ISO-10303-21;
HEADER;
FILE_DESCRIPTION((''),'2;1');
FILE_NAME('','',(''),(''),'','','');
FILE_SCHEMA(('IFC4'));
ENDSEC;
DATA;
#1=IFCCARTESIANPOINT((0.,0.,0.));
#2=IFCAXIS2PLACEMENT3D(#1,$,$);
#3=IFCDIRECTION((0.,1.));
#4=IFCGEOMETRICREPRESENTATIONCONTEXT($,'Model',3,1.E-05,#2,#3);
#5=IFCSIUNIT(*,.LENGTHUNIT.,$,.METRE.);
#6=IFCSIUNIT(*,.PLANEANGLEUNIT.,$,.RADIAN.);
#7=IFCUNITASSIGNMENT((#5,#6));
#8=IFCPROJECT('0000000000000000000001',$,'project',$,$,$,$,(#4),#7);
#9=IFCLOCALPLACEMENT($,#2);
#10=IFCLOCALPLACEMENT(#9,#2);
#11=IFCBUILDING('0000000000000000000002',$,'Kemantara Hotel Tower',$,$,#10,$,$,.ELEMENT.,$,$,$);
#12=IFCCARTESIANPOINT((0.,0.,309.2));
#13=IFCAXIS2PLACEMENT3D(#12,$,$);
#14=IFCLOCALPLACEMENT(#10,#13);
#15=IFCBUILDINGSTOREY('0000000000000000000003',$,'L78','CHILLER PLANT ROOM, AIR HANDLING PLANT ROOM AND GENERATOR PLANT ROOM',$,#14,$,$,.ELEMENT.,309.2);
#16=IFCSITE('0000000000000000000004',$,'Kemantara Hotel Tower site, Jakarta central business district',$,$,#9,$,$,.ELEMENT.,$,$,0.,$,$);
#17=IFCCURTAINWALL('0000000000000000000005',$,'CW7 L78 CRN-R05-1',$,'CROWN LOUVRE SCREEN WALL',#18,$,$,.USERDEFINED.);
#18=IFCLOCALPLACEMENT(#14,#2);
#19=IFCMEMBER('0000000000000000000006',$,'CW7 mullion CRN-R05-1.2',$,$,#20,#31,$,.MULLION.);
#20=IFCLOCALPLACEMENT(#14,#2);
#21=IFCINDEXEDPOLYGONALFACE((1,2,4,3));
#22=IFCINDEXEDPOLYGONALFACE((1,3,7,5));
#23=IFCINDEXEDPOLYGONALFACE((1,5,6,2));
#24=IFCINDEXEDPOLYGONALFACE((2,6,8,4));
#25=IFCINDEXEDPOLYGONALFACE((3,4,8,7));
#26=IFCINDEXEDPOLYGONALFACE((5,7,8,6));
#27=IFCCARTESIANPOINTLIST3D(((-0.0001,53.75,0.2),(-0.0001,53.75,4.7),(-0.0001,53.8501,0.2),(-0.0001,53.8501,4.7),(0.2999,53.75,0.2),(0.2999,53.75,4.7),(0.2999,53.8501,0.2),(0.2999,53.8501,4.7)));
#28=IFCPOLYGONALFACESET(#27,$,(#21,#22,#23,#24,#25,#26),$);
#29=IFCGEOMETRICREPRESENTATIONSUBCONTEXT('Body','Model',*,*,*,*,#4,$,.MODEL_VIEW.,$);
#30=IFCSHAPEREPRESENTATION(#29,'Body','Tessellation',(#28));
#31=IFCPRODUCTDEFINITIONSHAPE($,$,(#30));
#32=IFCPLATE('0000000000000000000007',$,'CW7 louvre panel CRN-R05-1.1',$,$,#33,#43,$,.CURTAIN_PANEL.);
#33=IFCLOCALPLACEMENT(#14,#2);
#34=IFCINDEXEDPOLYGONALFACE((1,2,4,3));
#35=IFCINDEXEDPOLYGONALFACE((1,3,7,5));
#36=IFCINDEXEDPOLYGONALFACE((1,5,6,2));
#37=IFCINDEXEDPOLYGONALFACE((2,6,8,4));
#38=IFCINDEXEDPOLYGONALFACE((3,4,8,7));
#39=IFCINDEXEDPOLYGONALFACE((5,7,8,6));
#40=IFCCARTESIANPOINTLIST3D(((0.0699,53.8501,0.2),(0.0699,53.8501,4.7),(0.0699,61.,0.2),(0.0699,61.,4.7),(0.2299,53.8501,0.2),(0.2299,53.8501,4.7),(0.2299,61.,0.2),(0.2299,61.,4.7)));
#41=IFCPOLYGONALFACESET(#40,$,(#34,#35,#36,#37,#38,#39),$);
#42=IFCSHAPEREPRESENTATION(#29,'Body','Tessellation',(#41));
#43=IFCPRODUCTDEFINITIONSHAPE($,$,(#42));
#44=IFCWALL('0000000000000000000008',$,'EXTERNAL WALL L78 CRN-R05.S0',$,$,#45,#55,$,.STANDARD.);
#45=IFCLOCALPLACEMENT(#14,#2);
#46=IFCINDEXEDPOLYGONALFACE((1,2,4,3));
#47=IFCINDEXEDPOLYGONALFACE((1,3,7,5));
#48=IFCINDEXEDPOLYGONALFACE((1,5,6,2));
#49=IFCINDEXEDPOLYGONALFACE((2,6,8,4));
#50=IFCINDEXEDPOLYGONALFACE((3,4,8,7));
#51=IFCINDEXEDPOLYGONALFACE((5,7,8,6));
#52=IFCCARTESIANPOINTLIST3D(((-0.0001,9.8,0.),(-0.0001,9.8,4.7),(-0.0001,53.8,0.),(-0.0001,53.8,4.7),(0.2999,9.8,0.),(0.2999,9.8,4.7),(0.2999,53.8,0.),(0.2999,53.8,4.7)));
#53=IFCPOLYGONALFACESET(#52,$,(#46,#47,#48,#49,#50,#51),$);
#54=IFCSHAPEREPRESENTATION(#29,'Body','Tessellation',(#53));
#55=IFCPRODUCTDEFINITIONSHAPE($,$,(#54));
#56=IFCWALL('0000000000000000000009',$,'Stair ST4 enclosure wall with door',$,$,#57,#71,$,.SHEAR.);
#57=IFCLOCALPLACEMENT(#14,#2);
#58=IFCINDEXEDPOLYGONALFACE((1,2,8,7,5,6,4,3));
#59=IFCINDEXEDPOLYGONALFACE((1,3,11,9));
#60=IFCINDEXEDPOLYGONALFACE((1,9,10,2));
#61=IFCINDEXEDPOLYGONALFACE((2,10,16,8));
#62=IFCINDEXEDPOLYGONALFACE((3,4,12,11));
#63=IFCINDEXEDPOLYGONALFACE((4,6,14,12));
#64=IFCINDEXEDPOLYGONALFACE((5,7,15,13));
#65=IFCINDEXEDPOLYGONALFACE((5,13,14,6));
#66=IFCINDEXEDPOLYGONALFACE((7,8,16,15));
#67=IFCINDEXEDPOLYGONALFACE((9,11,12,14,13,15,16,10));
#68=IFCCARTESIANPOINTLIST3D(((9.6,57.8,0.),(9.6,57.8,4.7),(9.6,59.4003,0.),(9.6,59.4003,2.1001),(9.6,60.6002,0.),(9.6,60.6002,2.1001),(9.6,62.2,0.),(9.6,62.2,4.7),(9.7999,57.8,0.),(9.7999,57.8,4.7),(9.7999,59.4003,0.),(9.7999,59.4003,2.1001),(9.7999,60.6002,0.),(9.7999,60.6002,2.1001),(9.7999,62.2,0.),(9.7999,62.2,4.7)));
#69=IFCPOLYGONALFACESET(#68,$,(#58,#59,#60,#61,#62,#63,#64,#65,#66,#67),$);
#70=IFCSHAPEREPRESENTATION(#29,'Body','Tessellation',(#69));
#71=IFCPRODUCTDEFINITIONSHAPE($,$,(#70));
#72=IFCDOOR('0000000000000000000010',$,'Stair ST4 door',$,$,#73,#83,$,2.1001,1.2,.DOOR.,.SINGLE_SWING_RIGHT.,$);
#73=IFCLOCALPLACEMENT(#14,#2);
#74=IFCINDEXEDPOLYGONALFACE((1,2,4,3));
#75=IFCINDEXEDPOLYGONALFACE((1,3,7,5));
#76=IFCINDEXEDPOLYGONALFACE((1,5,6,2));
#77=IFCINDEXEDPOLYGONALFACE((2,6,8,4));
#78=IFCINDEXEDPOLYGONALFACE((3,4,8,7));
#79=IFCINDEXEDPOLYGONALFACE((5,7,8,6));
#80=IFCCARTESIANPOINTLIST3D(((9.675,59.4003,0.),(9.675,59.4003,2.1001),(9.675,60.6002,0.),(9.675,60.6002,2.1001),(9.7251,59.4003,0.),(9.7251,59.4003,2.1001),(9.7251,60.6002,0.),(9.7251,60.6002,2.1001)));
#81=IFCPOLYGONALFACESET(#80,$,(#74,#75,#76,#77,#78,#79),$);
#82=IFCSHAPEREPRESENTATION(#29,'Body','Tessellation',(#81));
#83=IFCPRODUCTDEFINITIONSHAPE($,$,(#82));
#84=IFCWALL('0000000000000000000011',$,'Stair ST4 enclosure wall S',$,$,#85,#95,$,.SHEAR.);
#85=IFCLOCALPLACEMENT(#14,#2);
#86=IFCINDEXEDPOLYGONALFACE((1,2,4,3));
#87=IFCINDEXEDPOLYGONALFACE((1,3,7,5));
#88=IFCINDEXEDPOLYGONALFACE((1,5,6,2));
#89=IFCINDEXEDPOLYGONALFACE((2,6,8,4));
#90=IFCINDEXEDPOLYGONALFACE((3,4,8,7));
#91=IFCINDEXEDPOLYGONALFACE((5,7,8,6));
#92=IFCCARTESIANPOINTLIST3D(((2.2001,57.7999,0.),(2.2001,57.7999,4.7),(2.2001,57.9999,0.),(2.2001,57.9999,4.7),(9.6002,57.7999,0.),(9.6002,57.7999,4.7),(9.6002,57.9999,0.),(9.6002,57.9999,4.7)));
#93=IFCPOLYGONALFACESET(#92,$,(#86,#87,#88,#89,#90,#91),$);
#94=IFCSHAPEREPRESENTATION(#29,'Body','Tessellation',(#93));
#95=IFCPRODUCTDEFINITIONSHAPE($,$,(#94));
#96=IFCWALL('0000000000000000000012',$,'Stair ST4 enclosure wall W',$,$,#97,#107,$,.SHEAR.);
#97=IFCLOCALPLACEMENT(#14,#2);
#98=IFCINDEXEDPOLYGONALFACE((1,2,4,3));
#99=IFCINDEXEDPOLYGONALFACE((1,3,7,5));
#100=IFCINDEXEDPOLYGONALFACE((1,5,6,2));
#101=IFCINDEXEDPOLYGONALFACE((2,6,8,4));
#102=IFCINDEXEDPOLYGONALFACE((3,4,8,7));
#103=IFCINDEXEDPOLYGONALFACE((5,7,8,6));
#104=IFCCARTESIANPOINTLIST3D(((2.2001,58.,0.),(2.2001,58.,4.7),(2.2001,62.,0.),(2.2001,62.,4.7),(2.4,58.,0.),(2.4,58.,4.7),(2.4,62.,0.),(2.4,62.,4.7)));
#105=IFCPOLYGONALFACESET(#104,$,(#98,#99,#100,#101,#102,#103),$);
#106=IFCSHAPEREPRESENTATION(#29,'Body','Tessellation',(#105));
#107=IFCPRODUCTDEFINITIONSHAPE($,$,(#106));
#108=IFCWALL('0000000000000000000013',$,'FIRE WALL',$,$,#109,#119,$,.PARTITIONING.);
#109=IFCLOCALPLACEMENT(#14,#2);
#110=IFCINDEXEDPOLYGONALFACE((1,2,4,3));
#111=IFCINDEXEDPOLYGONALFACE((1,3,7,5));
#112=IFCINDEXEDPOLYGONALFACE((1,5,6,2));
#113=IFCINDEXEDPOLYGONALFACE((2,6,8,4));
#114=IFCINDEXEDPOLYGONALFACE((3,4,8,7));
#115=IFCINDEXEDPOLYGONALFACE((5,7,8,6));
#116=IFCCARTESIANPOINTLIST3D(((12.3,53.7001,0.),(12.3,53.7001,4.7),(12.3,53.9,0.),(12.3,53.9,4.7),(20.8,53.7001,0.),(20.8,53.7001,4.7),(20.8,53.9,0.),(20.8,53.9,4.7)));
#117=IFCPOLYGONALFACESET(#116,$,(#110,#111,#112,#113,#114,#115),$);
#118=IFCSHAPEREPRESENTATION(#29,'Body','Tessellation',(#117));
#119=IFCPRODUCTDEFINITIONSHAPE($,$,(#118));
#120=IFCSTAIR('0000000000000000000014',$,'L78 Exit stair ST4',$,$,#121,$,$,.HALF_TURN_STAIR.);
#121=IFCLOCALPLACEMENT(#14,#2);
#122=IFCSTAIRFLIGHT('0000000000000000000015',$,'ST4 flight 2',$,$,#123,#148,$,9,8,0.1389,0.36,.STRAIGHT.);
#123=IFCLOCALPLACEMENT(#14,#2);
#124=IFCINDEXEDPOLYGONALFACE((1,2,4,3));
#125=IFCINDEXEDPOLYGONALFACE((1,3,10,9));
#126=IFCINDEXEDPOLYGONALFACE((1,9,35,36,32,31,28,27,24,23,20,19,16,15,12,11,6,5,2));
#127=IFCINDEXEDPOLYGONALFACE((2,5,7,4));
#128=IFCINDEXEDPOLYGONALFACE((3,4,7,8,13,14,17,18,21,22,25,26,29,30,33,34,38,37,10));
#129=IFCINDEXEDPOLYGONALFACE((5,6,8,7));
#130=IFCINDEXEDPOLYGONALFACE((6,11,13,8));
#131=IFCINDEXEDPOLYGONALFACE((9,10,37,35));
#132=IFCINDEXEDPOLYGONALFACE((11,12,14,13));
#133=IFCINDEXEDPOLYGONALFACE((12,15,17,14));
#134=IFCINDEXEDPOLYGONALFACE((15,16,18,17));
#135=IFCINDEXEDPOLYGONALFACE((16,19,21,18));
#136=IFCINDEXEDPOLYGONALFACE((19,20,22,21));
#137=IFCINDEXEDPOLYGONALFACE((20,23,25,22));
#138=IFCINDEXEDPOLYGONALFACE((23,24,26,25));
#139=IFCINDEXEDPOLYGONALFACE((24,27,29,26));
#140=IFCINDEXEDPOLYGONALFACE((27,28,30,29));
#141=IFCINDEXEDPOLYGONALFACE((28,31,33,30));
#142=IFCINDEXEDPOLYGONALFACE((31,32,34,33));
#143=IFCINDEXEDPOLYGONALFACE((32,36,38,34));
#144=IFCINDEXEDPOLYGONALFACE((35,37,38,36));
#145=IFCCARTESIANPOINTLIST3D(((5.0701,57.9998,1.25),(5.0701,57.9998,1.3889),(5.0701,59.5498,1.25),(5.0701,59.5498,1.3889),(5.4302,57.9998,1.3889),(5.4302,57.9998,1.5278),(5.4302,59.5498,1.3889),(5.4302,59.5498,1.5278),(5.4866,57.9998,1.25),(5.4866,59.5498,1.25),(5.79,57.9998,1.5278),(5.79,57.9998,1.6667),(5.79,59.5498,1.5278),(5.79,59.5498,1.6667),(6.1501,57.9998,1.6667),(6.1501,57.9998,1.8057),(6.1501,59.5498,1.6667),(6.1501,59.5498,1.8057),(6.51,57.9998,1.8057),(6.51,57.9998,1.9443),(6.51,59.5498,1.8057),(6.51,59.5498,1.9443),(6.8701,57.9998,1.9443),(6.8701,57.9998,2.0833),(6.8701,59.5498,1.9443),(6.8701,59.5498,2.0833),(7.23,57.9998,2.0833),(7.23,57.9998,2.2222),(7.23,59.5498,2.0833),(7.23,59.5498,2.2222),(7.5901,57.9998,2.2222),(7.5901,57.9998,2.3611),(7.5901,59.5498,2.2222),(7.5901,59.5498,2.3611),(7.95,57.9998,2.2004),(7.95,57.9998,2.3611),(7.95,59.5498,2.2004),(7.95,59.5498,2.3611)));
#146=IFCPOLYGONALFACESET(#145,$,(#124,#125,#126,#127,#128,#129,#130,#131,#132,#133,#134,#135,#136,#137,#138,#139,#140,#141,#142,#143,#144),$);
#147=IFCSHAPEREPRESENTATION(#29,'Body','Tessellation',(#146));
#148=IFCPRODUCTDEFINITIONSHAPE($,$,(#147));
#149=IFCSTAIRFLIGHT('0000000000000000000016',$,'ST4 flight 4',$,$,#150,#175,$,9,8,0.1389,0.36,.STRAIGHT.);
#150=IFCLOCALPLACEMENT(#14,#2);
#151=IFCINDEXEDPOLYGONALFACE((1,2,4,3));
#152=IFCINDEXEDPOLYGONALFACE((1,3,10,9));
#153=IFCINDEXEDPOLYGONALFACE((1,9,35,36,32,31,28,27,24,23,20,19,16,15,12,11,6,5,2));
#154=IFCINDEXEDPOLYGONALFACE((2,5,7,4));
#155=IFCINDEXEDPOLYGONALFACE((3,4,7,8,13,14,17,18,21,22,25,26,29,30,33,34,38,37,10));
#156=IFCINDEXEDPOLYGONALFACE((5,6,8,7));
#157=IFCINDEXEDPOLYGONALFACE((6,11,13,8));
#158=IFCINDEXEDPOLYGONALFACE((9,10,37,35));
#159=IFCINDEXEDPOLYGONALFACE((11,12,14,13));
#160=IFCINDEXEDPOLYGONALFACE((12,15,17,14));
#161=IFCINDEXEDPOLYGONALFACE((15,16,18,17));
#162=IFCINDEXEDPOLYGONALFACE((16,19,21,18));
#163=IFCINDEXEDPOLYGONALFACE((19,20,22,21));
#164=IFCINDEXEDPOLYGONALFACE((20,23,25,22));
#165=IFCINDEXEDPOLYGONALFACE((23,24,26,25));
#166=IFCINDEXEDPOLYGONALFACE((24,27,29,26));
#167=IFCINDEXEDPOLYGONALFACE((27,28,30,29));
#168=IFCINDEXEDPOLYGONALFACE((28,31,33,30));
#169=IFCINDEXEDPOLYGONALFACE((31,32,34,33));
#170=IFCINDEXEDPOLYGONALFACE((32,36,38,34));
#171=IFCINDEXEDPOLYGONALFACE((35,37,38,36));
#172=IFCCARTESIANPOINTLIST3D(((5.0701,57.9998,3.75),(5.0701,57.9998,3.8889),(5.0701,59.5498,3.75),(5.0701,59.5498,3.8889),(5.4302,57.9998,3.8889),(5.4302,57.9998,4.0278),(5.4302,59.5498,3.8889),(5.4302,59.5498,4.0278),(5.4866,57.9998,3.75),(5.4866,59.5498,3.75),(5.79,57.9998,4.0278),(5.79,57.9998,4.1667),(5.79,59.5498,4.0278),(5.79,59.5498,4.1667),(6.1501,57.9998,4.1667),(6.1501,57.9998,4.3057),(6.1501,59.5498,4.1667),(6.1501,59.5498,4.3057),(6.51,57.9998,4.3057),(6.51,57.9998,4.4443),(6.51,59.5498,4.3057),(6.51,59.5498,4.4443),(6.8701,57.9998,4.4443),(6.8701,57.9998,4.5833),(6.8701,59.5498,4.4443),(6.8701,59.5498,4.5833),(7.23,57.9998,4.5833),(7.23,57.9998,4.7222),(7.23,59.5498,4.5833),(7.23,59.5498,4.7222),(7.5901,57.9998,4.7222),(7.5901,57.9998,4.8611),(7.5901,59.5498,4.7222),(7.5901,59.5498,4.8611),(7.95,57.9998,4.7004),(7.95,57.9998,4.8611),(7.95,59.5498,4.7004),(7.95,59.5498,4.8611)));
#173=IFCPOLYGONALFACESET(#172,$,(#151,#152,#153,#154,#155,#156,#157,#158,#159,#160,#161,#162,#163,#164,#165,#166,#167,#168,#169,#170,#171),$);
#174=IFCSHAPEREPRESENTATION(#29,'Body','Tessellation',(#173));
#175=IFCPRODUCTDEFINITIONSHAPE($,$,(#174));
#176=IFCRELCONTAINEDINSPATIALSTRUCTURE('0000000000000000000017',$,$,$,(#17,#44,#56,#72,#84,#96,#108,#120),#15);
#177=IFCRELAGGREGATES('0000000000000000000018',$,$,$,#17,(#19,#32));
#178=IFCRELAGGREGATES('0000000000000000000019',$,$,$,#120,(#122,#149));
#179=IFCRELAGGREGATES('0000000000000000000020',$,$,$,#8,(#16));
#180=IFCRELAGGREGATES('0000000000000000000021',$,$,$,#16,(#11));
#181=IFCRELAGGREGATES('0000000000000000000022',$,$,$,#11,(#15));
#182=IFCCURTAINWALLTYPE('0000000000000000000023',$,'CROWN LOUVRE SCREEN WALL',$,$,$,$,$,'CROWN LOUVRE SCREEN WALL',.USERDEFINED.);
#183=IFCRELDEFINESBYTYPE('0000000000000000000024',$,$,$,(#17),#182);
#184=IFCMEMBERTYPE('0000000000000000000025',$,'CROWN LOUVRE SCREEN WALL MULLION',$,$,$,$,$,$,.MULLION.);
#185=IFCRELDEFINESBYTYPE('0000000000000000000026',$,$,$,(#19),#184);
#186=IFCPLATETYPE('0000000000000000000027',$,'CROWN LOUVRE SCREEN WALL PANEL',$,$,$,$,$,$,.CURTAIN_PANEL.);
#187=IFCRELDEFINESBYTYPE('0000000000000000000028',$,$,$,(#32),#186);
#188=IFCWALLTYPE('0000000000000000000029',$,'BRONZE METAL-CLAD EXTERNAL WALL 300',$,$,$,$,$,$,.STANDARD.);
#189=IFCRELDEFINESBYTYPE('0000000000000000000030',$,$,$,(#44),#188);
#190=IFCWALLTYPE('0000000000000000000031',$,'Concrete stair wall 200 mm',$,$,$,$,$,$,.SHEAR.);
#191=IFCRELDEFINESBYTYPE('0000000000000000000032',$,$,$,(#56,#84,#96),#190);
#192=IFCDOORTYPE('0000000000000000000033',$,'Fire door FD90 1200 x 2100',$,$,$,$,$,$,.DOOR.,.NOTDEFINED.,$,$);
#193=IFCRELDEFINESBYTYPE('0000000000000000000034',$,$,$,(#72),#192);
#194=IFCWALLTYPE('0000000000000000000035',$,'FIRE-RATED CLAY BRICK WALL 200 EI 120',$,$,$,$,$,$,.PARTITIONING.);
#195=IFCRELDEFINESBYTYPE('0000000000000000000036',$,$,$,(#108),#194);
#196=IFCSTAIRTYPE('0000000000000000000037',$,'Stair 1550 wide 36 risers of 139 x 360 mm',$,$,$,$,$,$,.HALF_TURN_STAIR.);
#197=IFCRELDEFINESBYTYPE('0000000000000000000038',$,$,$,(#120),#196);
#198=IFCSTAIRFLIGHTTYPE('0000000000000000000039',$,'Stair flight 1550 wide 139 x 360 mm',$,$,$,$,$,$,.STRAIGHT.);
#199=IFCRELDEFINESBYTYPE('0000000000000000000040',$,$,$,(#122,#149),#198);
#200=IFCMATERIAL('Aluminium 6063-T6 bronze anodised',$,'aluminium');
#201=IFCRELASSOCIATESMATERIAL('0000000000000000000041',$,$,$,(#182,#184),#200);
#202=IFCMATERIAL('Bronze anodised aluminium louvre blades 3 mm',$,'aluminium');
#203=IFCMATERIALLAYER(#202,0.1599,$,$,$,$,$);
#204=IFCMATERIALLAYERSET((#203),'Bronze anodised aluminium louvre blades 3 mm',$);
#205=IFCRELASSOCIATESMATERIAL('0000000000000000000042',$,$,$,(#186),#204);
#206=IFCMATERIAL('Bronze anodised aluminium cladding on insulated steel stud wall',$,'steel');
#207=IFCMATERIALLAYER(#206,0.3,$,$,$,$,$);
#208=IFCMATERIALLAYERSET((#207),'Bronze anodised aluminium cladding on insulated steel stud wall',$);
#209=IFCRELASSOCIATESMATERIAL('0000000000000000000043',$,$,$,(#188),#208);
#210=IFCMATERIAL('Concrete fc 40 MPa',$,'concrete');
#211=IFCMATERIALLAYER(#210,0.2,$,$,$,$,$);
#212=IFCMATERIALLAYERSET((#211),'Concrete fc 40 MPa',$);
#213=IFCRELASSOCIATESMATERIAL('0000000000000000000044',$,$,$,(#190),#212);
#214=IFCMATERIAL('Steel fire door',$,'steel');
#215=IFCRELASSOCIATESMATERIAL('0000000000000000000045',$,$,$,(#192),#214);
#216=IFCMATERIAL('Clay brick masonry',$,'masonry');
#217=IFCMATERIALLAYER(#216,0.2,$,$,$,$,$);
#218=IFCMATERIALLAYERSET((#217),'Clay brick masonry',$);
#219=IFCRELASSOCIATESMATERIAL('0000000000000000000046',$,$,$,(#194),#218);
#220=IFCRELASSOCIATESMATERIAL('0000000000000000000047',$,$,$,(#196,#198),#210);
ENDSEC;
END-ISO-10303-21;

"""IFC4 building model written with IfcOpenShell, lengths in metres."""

from ifc_helpers import new_model, si_unit, direction, frame, frame_2d, origin, origin_2d, place, context, subcontext, project, spatial, polyline, rectangle, outline, extrude, source, transform, mapped, material, layer, layer_set, material_profile, profile_set, type_object, element, fill, aggregate, save


model = new_model("IFC4")

# Units and contexts
model_context = context("Model", 3, precision=1e-05, world=origin(), true_north=direction((0.0, 1.0)))
body_context = subcontext(model_context, "Body", "Model", "MODEL_VIEW")
ifc_project = project(units=[si_unit("LENGTHUNIT", "METRE"), si_unit("PLANEANGLEUNIT", "RADIAN")], contexts=[model_context])

# Site, building, storey
site_placement = place(None, origin())
site = spatial("IfcSite", under=ifc_project, at=site_placement, Name="Kemantara Hotel Tower site, Jakarta central business district", CompositionType="ELEMENT", RefElevation=0.0)
building_placement = place(site_placement, origin())
building = spatial("IfcBuilding", under=site, at=building_placement, Name="Kemantara Hotel Tower", CompositionType="ELEMENT")
storey_placement = place(building_placement, frame((0.0, 0.0, 309.2)))
storey = spatial("IfcBuildingStorey", under=building, at=storey_placement, Name="L78", Description="CHILLER PLANT ROOM, AIR HANDLING PLANT ROOM AND GENERATOR PLANT ROOM", CompositionType="ELEMENT", Elevation=309.2)

# Curtain wall, member, plate
ifc_material_1 = material(Name="Aluminium 6063-T6 bronze anodised", Category="aluminium")
curtain_wall_type = type_object("IfcCurtainWallType", Name="CROWN LOUVRE SCREEN WALL", ElementType="CROWN LOUVRE SCREEN WALL", PredefinedType="USERDEFINED", material=ifc_material_1)
curtain_wall_placement = place(storey_placement, origin())
curtain_wall = element("IfcCurtainWall", 1, at=curtain_wall_placement, inside=storey, type_object=curtain_wall_type, Name="CW7 L78 CRN-R05-1", ObjectType="CROWN LOUVRE SCREEN WALL", PredefinedType="USERDEFINED")
ifc_material_profile_1 = material_profile(ifc_material_1, rectangle(XDim=0.3, YDim=0.1001, at=origin_2d()), Name="CROWN LOUVRE SCREEN WALL MULLION")
ifc_profile_set_1 = profile_set([ifc_material_profile_1], Name="Aluminium 6063-T6 bronze anodised")
member_type_1 = type_object("IfcMemberType", Name="CROWN LOUVRE SCREEN WALL MULLION", PredefinedType="MULLION", material=ifc_profile_set_1)
shared_shape_1 = source(origin(), body_context, "Body", "SweptSolid", [
    extrude(rectangle(XDim=0.3, YDim=0.1001, at=origin_2d()), origin(), (0.0, 0.0, 1.0), 4.5),
])
member_1_placement = place(storey_placement, frame((0.1499, 53.8, 0.2), z_axis=(0.0, 0.0, 1.0), x_axis=(1.0, 0.0, 0.0)))
member_1 = element("IfcMember", 2, at=member_1_placement, type_object=member_type_1, Name="CW7 mullion CRN-R05-1.2", PredefinedType="MULLION", context=body_context, shape_type="MappedRepresentation", body=[
    mapped(shared_shape_1, transform((0.0, 0.0, 0.0))),
])
ifc_material_2 = material(Name="Bronze anodised aluminium louvre blades 3 mm", Category="aluminium")
ifc_layer_1 = layer(ifc_material_2, 0.1599)
ifc_layer_set_1 = layer_set([ifc_layer_1], Name="Bronze anodised aluminium louvre blades 3 mm")
plate_type = type_object("IfcPlateType", Name="CROWN LOUVRE SCREEN WALL PANEL", PredefinedType="CURTAIN_PANEL", material=ifc_layer_set_1)
shared_shape_2 = source(origin(), body_context, "Body", "SweptSolid", [
    extrude(rectangle(XDim=7.1499, YDim=0.1599, at=origin_2d()), origin(), (0.0, 0.0, 1.0), 4.5),
])
plate_placement = place(storey_placement, frame((0.1499, 57.425, 0.2), z_axis=(0.0, 0.0, 1.0), x_axis=(0.0, -1.0, 0.0)))
plate = element("IfcPlate", 3, at=plate_placement, type_object=plate_type, Name="CW7 louvre panel CRN-R05-1.1", PredefinedType="CURTAIN_PANEL", context=body_context, shape_type="MappedRepresentation", body=[
    mapped(shared_shape_2, transform((0.0, 0.0, 0.0))),
])
aggregate(curtain_wall, [member_1, plate])

# Wall
ifc_material_3 = material(Name="Bronze anodised aluminium cladding on insulated steel stud wall", Category="steel")
ifc_layer_2 = layer(ifc_material_3, 0.3)
ifc_layer_set_2 = layer_set([ifc_layer_2], Name="Bronze anodised aluminium cladding on insulated steel stud wall")
wall_type_1 = type_object("IfcWallType", Name="BRONZE METAL-CLAD EXTERNAL WALL 300", PredefinedType="STANDARD", material=ifc_layer_set_2)
wall_1_placement = place(storey_placement, frame((0.1499, 53.8, 0.0), z_axis=(0.0, 0.0, 1.0), x_axis=(0.0, -1.0, 0.0)))
element("IfcWall", 4, at=wall_1_placement, inside=storey, type_object=wall_type_1, Name="EXTERNAL WALL L78 CRN-R05.S0", PredefinedType="STANDARD", context=body_context, shape_type="SweptSolid", body=[
    extrude(rectangle(XDim=44.0, YDim=0.3, at=frame_2d((22.0, 0.0))), origin(), (0.0, 0.0, 1.0), 4.7),
])

# Wall, opening, door
ifc_material_4 = material(Name="Concrete fc 40 MPa", Category="concrete")
ifc_layer_3 = layer(ifc_material_4, 0.2)
ifc_layer_set_3 = layer_set([ifc_layer_3], Name="Concrete fc 40 MPa")
wall_type_2 = type_object("IfcWallType", Name="Concrete stair wall 200 mm", PredefinedType="SHEAR", material=ifc_layer_set_3)
wall_2_placement = place(storey_placement, frame((9.7, 57.8, 0.0), z_axis=(0.0, 0.0, 1.0), x_axis=(0.0, 1.0, 0.0)))
wall_2 = element("IfcWall", 5, at=wall_2_placement, inside=storey, type_object=wall_type_2, Name="Stair ST4 enclosure wall with door", PredefinedType="SHEAR", context=body_context, shape_type="SweptSolid", body=[
    extrude(rectangle(XDim=4.3999, YDim=0.2, at=frame_2d((2.2, 0.0))), origin(), (0.0, 0.0, 1.0), 4.7),
])
opening_placement = place(wall_2_placement, frame((1.6001, 0.0, 0.0)))
opening = element("IfcOpeningElement", 6, at=opening_placement, cuts=wall_2, PredefinedType="OPENING", context=body_context, shape_type="SweptSolid", body=[
    extrude(rectangle(XDim=1.2, YDim=2.1001, at=frame_2d((0.6001, 1.05))), frame((0.0, 0.1099, 0.0), z_axis=(0.0, -1.0, 0.0), x_axis=(1.0, 0.0, 0.0)), (0.0, 0.0, 1.0), 0.22),
])
ifc_material_5 = material(Name="Steel fire door", Category="steel")
door_type = type_object("IfcDoorType", Name="Fire door FD90 1200 x 2100", OperationType="NOTDEFINED", PredefinedType="DOOR", material=ifc_material_5)
door_placement = place(opening_placement, origin())
door = element("IfcDoor", 7, at=door_placement, inside=storey, type_object=door_type, Name="Stair ST4 door", OperationType="SINGLE_SWING_RIGHT", OverallHeight=2.1001, OverallWidth=1.2, PredefinedType="DOOR", context=body_context, shape_type="SweptSolid", body=[
    extrude(rectangle(XDim=1.2, YDim=2.1001, at=frame_2d((0.6001, 1.05))), frame((0.0, 0.0249, 0.0), z_axis=(0.0, -1.0, 0.0), x_axis=(1.0, 0.0, 0.0)), (0.0, 0.0, 1.0), 0.05),
])
fill(opening, door)

# Walls
wall_3_placement = place(storey_placement, frame((2.2, 57.8999, 0.0), z_axis=(0.0, 0.0, 1.0), x_axis=(1.0, 0.0, 0.0)))
element("IfcWall", 8, at=wall_3_placement, inside=storey, type_object=wall_type_2, Name="Stair ST4 enclosure wall S", PredefinedType="SHEAR", context=body_context, shape_type="SweptSolid", body=[
    extrude(rectangle(XDim=7.4001, YDim=0.2, at=frame_2d((3.7002, 0.0))), origin(), (0.0, 0.0, 1.0), 4.7),
])
wall_4_placement = place(storey_placement, frame((2.3, 58.0, 0.0), z_axis=(0.0, 0.0, 1.0), x_axis=(0.0, 1.0, 0.0)))
element("IfcWall", 9, at=wall_4_placement, inside=storey, type_object=wall_type_2, Name="Stair ST4 enclosure wall W", PredefinedType="SHEAR", context=body_context, shape_type="SweptSolid", body=[
    extrude(rectangle(XDim=4.0, YDim=0.2, at=frame_2d((2.0, 0.0))), origin(), (0.0, 0.0, 1.0), 4.7),
])
ifc_material_6 = material(Name="Clay brick masonry", Category="masonry")
ifc_layer_4 = layer(ifc_material_6, 0.2)
ifc_layer_set_4 = layer_set([ifc_layer_4], Name="Clay brick masonry")
wall_type_3 = type_object("IfcWallType", Name="FIRE-RATED CLAY BRICK WALL 200 EI 120", PredefinedType="PARTITIONING", material=ifc_layer_set_4)
wall_5_placement = place(storey_placement, frame((12.3, 53.8, 0.0), z_axis=(0.0, 0.0, 1.0), x_axis=(1.0, 0.0, 0.0)))
element("IfcWall", 10, at=wall_5_placement, inside=storey, type_object=wall_type_3, Name="FIRE WALL", PredefinedType="PARTITIONING", context=body_context, shape_type="SweptSolid", body=[
    extrude(rectangle(XDim=8.5, YDim=0.2, at=frame_2d((4.25, 0.0))), origin(), (0.0, 0.0, 1.0), 4.7),
])

# Stair, stair flights
stair_type = type_object("IfcStairType", Name="Stair 1550 wide 36 risers of 139 x 360 mm", PredefinedType="HALF_TURN_STAIR", material=ifc_material_4)
stair_placement = place(storey_placement, origin())
stair = element("IfcStair", 11, at=stair_placement, inside=storey, type_object=stair_type, Name="L78 Exit stair ST4", PredefinedType="HALF_TURN_STAIR")
stair_flight_type = type_object("IfcStairFlightType", Name="Stair flight 1550 wide 139 x 360 mm", PredefinedType="STRAIGHT", material=ifc_material_4)
stair_flight_1_placement = place(storey_placement, frame((5.0701, 58.7749, 1.25), z_axis=(0.0, 0.0, 1.0), x_axis=(1.0, 0.0, 0.0)))
stair_flight_1 = element("IfcStairFlight", 12, at=stair_flight_1_placement, type_object=stair_flight_type, Name="ST4 flight 2", NumberOfRisers=9, NumberOfTreads=8, PredefinedType="STRAIGHT", RiserHeight=0.1389, TreadLength=0.36, context=body_context, shape_type="SweptSolid", body=[
    extrude(outline(polyline([(0.0, 0.0), (0.0, 0.1389), (0.3601, 0.1389), (0.3601, 0.2778), (0.72, 0.2778), (0.72, 0.4167), (1.0801, 0.4167), (1.0801, 0.5557), (1.4399, 0.5557), (1.4399, 0.6943), (1.8, 0.6943), (1.8, 0.8333), (2.1599, 0.8333), (2.1599, 0.9722), (2.52, 0.9722), (2.52, 1.1111), (2.8799, 1.1111), (2.8799, 1.25), (2.8799, 0.9504), (0.4165, 0.0), (0.0, 0.0)])), frame((0.0, 0.7749, 0.0), z_axis=(0.0, -1.0, 0.0), x_axis=(1.0, 0.0, 0.0)), (0.0, 0.0, 1.0), 1.55),
])
stair_flight_2_placement = place(storey_placement, frame((5.0701, 58.7749, 3.75), z_axis=(0.0, 0.0, 1.0), x_axis=(1.0, 0.0, 0.0)))
stair_flight_2 = element("IfcStairFlight", 13, at=stair_flight_2_placement, type_object=stair_flight_type, Name="ST4 flight 4", NumberOfRisers=9, NumberOfTreads=8, PredefinedType="STRAIGHT", RiserHeight=0.1389, TreadLength=0.36, context=body_context, shape_type="SweptSolid", body=[
    extrude(outline(polyline([(0.0, 0.0), (0.0, 0.1389), (0.3601, 0.1389), (0.3601, 0.2778), (0.72, 0.2778), (0.72, 0.4167), (1.0801, 0.4167), (1.0801, 0.5557), (1.4399, 0.5557), (1.4399, 0.6943), (1.8, 0.6943), (1.8, 0.8333), (2.1599, 0.8333), (2.1599, 0.9722), (2.52, 0.9722), (2.52, 1.1111), (2.8799, 1.1111), (2.8799, 1.25), (2.8799, 0.9504), (0.4165, 0.0), (0.0, 0.0)])), frame((0.0, 0.7749, 0.0), z_axis=(0.0, -1.0, 0.0), x_axis=(1.0, 0.0, 0.0)), (0.0, 0.0, 1.0), 1.55),
])
aggregate(stair, [stair_flight_1, stair_flight_2])

save(model, "model.ifc")
